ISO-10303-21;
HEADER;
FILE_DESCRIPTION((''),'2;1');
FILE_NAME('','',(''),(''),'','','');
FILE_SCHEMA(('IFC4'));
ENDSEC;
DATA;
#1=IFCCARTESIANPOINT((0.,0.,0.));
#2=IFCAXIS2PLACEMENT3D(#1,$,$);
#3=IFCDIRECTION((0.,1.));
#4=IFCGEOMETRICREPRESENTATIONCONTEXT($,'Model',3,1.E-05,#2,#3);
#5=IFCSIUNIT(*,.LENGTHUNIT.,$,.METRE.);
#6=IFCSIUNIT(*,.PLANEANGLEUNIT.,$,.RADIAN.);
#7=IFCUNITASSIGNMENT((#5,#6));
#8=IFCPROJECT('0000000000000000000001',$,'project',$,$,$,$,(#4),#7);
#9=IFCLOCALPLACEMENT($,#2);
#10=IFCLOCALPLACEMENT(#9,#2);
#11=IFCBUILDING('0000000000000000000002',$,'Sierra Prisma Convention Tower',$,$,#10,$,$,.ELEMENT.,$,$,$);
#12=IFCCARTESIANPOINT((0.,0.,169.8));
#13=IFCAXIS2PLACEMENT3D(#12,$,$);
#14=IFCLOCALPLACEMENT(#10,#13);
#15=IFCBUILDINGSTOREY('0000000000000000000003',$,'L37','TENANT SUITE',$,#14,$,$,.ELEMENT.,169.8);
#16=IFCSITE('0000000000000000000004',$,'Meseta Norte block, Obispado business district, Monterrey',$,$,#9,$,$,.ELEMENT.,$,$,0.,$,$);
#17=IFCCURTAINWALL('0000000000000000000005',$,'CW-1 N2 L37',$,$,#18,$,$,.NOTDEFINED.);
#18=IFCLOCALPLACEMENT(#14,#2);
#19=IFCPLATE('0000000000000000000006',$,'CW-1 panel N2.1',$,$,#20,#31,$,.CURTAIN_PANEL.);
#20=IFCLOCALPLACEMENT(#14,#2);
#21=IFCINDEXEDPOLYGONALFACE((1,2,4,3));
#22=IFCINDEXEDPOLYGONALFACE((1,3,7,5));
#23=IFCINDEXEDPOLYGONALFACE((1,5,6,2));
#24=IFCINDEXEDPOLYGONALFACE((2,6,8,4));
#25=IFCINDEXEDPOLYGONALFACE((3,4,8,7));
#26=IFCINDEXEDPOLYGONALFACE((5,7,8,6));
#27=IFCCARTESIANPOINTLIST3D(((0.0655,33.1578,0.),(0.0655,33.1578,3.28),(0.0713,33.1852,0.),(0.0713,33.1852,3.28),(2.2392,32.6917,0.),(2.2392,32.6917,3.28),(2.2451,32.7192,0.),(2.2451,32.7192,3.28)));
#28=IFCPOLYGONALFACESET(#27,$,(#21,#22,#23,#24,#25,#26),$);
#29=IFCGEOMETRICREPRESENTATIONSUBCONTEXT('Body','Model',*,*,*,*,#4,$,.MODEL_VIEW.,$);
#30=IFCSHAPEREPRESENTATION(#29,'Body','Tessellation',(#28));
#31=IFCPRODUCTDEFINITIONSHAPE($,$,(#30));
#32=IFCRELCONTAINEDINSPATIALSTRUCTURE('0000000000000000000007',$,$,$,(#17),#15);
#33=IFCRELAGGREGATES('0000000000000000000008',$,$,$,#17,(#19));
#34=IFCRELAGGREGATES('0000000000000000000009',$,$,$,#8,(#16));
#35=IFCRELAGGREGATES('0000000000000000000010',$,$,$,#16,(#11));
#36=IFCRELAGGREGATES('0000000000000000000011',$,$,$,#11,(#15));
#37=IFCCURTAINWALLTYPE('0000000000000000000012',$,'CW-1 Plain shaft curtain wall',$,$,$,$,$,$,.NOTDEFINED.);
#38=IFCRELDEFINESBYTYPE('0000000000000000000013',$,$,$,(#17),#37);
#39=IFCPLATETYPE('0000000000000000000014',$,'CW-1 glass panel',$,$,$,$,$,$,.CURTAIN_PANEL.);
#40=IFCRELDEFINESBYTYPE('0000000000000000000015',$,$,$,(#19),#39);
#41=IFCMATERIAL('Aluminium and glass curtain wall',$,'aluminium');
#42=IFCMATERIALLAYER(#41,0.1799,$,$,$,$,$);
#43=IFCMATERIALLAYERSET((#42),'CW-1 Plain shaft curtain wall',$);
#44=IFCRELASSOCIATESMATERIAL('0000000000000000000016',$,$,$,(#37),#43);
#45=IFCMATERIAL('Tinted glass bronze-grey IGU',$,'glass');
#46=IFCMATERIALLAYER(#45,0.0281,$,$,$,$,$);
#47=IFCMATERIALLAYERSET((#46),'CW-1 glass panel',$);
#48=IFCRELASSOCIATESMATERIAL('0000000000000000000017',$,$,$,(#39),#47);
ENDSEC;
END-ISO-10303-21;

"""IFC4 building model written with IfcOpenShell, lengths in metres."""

from ifc_helpers import new_model, si_unit, direction, frame, origin, origin_2d, place, context, subcontext, project, spatial, rectangle, extrude, material, layer, layer_set, type_object, element, aggregate, save


model = new_model("IFC4")

# Units and contexts
model_context = context("Model", 3, precision=1e-05, world=origin(), true_north=direction((0.0, 1.0)))
body_context = subcontext(model_context, "Body", "Model", "MODEL_VIEW")
ifc_project = project(units=[si_unit("LENGTHUNIT", "METRE"), si_unit("PLANEANGLEUNIT", "RADIAN")], contexts=[model_context])

# Site, building, storey
site_placement = place(None, origin())
site = spatial("IfcSite", under=ifc_project, at=site_placement, Name="Meseta Norte block, Obispado business district, Monterrey", CompositionType="ELEMENT", RefElevation=0.0)
building_placement = place(site_placement, origin())
building = spatial("IfcBuilding", under=site, at=building_placement, Name="Sierra Prisma Convention Tower", CompositionType="ELEMENT")
storey_placement = place(building_placement, frame((0.0, 0.0, 169.8)))
storey = spatial("IfcBuildingStorey", under=building, at=storey_placement, Name="L37", Description="TENANT SUITE", CompositionType="ELEMENT", Elevation=169.8)

# Shared definitions
ifc_material_1 = material(Name="Aluminium and glass curtain wall", Category="aluminium")
ifc_layer_1 = layer(ifc_material_1, 0.1799)
ifc_layer_set_1 = layer_set([ifc_layer_1], Name="CW-1 Plain shaft curtain wall")
curtain_wall_type = type_object("IfcCurtainWallType", Name="CW-1 Plain shaft curtain wall", PredefinedType="NOTDEFINED", material=ifc_layer_set_1)

# Curtain wall
curtain_wall_1_placement = place(storey_placement, origin())
curtain_wall_1 = element("IfcCurtainWall", 1, at=curtain_wall_1_placement, inside=storey, type_object=curtain_wall_type, Name="CW-1 N2 L37", PredefinedType="NOTDEFINED")

# Plate
ifc_material_2 = material(Name="Tinted glass bronze-grey IGU", Category="glass")
ifc_layer_2 = layer(ifc_material_2, 0.0281)
ifc_layer_set_2 = layer_set([ifc_layer_2], Name="CW-1 glass panel")
plate_type = type_object("IfcPlateType", Name="CW-1 glass panel", PredefinedType="CURTAIN_PANEL", material=ifc_layer_set_2)
plate_1_placement = place(storey_placement, frame((1.1553, 32.9385, 0.0), z_axis=(0.0, 0.0, 1.0), x_axis=(-0.977776, 0.209652, 0.0)))
plate_1 = element("IfcPlate", 2, at=plate_1_placement, type_object=plate_type, Name="CW-1 panel N2.1", PredefinedType="CURTAIN_PANEL", context=body_context, shape_type="SweptSolid", body=[
    extrude(rectangle(XDim=2.2231, YDim=0.0281, at=origin_2d()), origin(), (0.0, 0.0, 1.0), 3.28),
])
aggregate(curtain_wall_1, [plate_1])

save(model, "model.ifc")
